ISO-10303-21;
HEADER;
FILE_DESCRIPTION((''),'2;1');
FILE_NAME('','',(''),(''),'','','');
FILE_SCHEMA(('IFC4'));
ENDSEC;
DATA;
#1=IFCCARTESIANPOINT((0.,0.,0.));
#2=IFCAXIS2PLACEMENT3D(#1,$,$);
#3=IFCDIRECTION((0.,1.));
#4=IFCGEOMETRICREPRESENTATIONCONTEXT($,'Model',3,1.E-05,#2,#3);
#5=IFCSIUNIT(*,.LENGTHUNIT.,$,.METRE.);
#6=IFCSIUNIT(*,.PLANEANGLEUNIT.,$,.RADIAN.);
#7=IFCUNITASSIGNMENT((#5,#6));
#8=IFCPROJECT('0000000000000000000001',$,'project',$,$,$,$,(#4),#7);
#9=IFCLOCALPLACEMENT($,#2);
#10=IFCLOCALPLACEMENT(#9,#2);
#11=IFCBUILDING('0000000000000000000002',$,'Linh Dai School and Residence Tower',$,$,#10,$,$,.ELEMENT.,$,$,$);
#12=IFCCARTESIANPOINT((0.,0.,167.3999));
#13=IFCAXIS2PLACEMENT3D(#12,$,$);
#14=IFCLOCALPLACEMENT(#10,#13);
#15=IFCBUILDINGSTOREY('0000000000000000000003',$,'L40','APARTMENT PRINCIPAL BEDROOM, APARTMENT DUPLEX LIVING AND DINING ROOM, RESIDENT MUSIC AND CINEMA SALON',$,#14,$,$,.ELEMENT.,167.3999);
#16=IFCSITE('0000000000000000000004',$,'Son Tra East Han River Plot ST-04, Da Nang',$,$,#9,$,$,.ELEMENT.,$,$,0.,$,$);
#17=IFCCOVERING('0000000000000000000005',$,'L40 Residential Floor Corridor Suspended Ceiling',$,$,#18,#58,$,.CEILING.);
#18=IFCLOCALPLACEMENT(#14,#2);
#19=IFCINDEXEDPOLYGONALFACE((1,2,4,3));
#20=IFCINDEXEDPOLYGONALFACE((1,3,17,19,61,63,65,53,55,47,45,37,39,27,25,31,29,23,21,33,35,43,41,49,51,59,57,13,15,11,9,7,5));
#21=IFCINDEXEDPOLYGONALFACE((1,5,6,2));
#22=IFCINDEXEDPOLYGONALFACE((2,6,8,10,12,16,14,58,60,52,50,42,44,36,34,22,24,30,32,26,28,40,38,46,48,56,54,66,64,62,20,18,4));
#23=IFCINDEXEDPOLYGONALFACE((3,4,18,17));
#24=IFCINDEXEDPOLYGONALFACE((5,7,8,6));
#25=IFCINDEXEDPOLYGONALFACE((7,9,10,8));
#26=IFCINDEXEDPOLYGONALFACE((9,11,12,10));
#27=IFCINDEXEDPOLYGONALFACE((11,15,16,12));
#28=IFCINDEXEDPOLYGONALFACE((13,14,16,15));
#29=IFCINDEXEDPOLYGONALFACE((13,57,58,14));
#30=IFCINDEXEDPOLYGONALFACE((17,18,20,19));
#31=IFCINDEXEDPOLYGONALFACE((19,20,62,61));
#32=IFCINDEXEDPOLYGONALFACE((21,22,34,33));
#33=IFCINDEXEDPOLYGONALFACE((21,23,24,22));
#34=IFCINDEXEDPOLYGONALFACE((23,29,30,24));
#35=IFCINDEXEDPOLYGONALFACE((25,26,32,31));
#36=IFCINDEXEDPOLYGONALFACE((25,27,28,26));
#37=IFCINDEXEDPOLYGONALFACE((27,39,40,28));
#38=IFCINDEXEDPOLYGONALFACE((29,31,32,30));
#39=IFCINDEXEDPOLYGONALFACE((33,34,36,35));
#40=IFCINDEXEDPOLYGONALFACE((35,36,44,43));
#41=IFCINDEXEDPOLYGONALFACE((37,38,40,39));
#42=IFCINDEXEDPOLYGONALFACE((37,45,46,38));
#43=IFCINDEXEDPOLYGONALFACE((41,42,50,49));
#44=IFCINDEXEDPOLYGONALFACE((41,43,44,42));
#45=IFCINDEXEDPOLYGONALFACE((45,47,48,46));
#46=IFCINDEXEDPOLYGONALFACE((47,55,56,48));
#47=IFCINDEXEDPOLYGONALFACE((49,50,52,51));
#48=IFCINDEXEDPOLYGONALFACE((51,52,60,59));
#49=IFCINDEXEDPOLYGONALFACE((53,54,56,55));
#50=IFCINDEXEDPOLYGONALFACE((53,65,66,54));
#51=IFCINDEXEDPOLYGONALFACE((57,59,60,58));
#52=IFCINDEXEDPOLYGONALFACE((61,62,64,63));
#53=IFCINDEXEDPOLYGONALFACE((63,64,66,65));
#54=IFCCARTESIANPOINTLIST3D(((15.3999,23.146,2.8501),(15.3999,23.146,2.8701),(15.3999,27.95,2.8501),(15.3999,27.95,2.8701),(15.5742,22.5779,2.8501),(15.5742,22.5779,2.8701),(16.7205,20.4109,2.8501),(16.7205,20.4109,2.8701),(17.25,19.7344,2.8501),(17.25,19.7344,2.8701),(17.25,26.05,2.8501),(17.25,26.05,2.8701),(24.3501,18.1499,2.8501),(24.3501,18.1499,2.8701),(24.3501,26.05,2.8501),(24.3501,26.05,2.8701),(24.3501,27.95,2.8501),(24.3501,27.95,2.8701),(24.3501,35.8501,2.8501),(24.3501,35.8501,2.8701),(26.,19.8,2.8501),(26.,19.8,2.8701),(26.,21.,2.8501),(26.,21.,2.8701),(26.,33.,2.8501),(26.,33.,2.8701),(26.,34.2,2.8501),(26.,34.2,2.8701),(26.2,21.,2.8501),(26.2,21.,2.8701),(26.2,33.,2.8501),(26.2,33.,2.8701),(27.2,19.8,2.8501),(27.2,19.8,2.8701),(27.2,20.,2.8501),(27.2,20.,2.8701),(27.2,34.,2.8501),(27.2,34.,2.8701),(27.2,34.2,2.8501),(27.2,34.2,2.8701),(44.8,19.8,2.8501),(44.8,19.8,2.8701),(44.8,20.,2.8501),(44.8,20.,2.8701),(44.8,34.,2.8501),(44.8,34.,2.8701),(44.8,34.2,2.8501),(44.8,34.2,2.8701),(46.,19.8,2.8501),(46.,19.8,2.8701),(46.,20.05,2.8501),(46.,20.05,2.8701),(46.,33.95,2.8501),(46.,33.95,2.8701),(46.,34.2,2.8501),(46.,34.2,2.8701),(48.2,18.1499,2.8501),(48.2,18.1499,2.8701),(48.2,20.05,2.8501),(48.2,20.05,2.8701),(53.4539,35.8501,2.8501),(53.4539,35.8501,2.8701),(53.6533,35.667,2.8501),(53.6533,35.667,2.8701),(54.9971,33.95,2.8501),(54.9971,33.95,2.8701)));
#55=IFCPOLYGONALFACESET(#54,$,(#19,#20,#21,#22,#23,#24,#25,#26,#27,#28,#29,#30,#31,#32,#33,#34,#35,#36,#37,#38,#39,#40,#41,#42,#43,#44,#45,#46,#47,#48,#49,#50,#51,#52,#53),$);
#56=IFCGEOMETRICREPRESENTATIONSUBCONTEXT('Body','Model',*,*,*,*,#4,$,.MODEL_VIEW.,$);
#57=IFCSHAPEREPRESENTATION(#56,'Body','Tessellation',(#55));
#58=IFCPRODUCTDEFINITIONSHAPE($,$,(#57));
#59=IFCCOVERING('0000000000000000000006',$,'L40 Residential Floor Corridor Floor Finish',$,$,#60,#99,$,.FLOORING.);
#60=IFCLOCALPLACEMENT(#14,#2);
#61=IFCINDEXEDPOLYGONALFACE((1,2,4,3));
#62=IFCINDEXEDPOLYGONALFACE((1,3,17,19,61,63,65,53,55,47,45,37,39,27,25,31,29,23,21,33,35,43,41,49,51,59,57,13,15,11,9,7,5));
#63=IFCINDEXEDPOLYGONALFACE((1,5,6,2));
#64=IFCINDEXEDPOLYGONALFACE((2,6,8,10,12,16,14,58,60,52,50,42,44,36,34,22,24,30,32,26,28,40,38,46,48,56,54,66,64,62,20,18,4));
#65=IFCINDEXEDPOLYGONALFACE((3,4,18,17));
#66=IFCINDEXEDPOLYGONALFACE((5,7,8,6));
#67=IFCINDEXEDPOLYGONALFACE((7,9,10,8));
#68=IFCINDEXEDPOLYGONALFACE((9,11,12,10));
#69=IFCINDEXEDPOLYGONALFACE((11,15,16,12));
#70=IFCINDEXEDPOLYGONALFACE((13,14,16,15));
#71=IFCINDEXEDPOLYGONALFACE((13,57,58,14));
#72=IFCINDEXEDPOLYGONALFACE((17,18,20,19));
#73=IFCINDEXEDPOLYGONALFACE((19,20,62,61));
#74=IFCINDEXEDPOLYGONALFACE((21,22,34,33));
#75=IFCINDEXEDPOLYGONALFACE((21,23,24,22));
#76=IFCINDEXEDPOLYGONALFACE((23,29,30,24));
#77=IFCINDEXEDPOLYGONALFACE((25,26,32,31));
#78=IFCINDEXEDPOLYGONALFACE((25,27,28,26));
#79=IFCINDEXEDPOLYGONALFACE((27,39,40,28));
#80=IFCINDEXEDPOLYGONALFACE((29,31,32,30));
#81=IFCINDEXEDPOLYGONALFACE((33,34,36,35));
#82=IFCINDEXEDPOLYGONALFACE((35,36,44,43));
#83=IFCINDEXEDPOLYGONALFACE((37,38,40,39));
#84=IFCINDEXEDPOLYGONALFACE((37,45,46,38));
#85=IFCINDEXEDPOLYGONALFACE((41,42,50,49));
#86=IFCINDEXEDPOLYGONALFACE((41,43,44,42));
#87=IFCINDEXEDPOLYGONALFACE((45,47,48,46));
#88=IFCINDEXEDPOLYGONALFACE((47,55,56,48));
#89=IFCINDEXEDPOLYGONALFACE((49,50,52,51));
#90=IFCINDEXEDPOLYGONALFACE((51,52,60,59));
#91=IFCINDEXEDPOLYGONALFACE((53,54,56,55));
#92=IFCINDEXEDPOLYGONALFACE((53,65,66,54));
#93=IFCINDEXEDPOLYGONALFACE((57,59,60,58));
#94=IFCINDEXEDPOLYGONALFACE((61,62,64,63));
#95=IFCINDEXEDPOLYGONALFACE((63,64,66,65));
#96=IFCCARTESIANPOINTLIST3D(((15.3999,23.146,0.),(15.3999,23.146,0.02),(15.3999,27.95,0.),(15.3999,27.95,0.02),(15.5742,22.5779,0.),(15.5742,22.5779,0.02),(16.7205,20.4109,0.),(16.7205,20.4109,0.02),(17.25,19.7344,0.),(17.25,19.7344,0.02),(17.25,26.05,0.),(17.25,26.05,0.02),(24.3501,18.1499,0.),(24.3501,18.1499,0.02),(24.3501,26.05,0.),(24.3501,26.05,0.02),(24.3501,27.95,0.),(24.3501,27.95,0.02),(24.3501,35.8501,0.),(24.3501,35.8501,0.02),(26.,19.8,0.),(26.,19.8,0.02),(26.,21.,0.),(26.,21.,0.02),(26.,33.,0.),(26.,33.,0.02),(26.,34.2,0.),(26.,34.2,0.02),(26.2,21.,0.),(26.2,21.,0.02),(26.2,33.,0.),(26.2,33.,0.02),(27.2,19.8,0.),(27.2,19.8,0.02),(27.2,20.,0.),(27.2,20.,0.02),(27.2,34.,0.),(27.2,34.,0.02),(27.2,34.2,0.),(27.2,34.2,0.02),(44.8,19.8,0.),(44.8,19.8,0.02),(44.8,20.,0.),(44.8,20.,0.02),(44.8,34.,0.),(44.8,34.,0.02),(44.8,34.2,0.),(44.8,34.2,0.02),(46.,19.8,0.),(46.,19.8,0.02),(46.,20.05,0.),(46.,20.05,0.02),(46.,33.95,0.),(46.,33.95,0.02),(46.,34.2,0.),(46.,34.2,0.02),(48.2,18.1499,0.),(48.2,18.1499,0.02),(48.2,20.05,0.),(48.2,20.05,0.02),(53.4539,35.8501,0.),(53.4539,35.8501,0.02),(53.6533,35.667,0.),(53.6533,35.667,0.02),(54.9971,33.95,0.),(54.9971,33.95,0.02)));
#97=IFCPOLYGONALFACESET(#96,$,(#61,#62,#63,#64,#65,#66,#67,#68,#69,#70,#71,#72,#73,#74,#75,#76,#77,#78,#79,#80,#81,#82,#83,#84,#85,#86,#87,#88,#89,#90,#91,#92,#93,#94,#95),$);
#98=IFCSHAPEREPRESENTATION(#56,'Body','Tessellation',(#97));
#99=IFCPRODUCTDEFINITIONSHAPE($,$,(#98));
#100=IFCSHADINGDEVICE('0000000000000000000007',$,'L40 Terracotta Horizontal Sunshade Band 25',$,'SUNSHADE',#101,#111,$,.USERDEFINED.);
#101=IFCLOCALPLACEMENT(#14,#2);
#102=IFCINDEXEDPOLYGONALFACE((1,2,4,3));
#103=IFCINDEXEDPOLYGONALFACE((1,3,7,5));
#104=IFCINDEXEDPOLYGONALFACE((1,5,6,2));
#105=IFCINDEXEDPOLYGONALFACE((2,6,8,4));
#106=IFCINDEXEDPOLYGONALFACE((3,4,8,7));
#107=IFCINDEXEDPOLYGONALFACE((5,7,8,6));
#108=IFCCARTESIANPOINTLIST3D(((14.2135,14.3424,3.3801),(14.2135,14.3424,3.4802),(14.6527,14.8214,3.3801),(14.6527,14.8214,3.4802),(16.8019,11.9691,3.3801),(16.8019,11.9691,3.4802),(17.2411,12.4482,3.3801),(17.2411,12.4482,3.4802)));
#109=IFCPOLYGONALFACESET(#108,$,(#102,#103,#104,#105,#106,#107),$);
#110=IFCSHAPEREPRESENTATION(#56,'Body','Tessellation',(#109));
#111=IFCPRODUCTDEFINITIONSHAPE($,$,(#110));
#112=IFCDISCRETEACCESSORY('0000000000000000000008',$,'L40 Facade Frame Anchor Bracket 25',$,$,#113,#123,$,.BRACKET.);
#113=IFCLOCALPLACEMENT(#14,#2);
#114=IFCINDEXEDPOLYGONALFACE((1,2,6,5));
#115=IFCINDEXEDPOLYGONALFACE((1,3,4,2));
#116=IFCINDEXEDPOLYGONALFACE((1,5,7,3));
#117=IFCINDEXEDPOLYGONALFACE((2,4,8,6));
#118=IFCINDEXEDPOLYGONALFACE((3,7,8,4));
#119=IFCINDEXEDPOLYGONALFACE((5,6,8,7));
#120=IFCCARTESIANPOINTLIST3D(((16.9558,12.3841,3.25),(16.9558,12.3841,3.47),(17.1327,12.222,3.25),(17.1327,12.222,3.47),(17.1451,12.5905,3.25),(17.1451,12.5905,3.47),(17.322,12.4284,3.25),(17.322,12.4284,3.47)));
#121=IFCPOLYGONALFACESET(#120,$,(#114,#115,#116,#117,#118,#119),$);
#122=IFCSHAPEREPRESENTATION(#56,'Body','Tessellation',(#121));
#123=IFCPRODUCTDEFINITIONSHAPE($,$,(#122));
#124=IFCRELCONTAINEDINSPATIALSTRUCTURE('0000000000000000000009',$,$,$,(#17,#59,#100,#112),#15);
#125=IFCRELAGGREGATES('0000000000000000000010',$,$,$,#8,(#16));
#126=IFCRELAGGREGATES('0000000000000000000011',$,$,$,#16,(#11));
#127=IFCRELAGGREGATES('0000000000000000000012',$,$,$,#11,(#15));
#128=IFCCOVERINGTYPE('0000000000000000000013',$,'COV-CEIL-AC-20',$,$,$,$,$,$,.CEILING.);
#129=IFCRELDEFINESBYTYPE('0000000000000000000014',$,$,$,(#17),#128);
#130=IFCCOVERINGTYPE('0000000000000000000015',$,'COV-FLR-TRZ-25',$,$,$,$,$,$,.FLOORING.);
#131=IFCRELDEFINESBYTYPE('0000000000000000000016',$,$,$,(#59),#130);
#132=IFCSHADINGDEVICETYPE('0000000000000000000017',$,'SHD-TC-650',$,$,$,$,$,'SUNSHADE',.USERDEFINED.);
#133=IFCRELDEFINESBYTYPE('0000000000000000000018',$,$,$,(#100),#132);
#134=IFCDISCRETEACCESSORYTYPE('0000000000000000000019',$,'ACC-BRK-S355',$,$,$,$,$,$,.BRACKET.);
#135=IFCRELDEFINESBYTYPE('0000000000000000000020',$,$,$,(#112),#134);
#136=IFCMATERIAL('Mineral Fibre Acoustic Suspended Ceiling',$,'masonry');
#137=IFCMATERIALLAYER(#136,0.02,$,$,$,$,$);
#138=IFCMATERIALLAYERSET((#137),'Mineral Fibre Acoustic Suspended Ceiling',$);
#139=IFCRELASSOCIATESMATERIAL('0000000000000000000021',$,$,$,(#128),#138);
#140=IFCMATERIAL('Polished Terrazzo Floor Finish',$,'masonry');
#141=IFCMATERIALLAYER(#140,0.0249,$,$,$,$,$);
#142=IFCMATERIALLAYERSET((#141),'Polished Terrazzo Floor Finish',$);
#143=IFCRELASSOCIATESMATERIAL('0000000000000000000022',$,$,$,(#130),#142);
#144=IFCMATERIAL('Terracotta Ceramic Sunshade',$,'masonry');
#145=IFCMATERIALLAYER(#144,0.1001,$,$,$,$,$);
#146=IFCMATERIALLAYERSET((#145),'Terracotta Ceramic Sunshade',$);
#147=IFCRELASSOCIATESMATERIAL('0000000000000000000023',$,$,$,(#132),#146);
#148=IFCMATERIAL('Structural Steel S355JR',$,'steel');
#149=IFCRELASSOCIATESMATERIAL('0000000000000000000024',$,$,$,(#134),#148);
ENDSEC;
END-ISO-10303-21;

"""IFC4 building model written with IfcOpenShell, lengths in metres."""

from ifc_helpers import new_model, si_unit, direction, frame, origin, origin_2d, place, context, subcontext, project, spatial, polyline, rectangle, outline, extrude, source, transform, mapped, material, layer, layer_set, type_object, element, save


model = new_model("IFC4")

# Units and contexts
model_context = context("Model", 3, precision=1e-05, world=origin(), true_north=direction((0.0, 1.0)))
body_context = subcontext(model_context, "Body", "Model", "MODEL_VIEW")
ifc_project = project(units=[si_unit("LENGTHUNIT", "METRE"), si_unit("PLANEANGLEUNIT", "RADIAN")], contexts=[model_context])

# Site, building, storey
site_placement = place(None, origin())
site = spatial("IfcSite", under=ifc_project, at=site_placement, Name="Son Tra East Han River Plot ST-04, Da Nang", CompositionType="ELEMENT", RefElevation=0.0)
building_placement = place(site_placement, origin())
building = spatial("IfcBuilding", under=site, at=building_placement, Name="Linh Dai School and Residence Tower", CompositionType="ELEMENT")
storey_placement = place(building_placement, frame((0.0, 0.0, 167.3999)))
storey = spatial("IfcBuildingStorey", under=building, at=storey_placement, Name="L40", Description="APARTMENT PRINCIPAL BEDROOM, APARTMENT DUPLEX LIVING AND DINING ROOM, RESIDENT MUSIC AND CINEMA SALON", CompositionType="ELEMENT", Elevation=167.3999)

# Shared definitions
ifc_material_1 = material(Name="Structural Steel S355JR", Category="steel")

# Coverings
ifc_material_2 = material(Name="Mineral Fibre Acoustic Suspended Ceiling", Category="masonry")
ifc_layer_1 = layer(ifc_material_2, 0.02)
ifc_layer_set_1 = layer_set([ifc_layer_1], Name="Mineral Fibre Acoustic Suspended Ceiling")
covering_type_1 = type_object("IfcCoveringType", Name="COV-CEIL-AC-20", PredefinedType="CEILING", material=ifc_layer_set_1)
covering_1_placement = place(storey_placement, frame((0.0, 0.0, 2.8501)))
element("IfcCovering", 1, at=covering_1_placement, inside=storey, type_object=covering_type_1, Name="L40 Residential Floor Corridor Suspended Ceiling", PredefinedType="CEILING", context=body_context, shape_type="SweptSolid", body=[
    extrude(outline(polyline([(17.25, 19.7344), (16.7205, 20.4109), (15.5742, 22.5779), (15.3999, 23.146), (15.3999, 27.95), (24.3501, 27.95), (24.3501, 35.8501), (53.4539, 35.8501), (53.6533, 35.667), (54.9971, 33.95), (46.0, 33.95), (46.0, 34.2), (44.8, 34.2), (44.8, 34.0), (27.2, 34.0), (27.2, 34.2), (26.0, 34.2), (26.0, 33.0), (26.2, 33.0), (26.2, 21.0), (26.0, 21.0), (26.0, 19.8), (27.2, 19.8), (27.2, 20.0), (44.8, 20.0), (44.8, 19.8), (46.0, 19.8), (46.0, 20.05), (48.2, 20.05), (48.2, 18.1499), (24.3501, 18.1499), (24.3501, 26.05), (17.25, 26.05), (17.25, 19.7344)])), origin(), (0.0, 0.0, 1.0), 0.02),
])
ifc_material_3 = material(Name="Polished Terrazzo Floor Finish", Category="masonry")
ifc_layer_2 = layer(ifc_material_3, 0.0249)
ifc_layer_set_2 = layer_set([ifc_layer_2], Name="Polished Terrazzo Floor Finish")
covering_type_2 = type_object("IfcCoveringType", Name="COV-FLR-TRZ-25", PredefinedType="FLOORING", material=ifc_layer_set_2)
covering_2_placement = place(storey_placement, origin())
element("IfcCovering", 2, at=covering_2_placement, inside=storey, type_object=covering_type_2, Name="L40 Residential Floor Corridor Floor Finish", PredefinedType="FLOORING", context=body_context, shape_type="SweptSolid", body=[
    extrude(outline(polyline([(17.25, 19.7344), (16.7205, 20.4109), (15.5742, 22.5779), (15.3999, 23.146), (15.3999, 27.95), (24.3501, 27.95), (24.3501, 35.8501), (53.4539, 35.8501), (53.6533, 35.667), (54.9971, 33.95), (46.0, 33.95), (46.0, 34.2), (44.8, 34.2), (44.8, 34.0), (27.2, 34.0), (27.2, 34.2), (26.0, 34.2), (26.0, 33.0), (26.2, 33.0), (26.2, 21.0), (26.0, 21.0), (26.0, 19.8), (27.2, 19.8), (27.2, 20.0), (44.8, 20.0), (44.8, 19.8), (46.0, 19.8), (46.0, 20.05), (48.2, 20.05), (48.2, 18.1499), (24.3501, 18.1499), (24.3501, 26.05), (17.25, 26.05), (17.25, 19.7344)])), origin(), (0.0, 0.0, 1.0), 0.02),
])

# Shading device
ifc_material_4 = material(Name="Terracotta Ceramic Sunshade", Category="masonry")
ifc_layer_3 = layer(ifc_material_4, 0.1001)
ifc_layer_set_3 = layer_set([ifc_layer_3], Name="Terracotta Ceramic Sunshade")
shading_device_type = type_object("IfcShadingDeviceType", Name="SHD-TC-650", ElementType="SUNSHADE", PredefinedType="USERDEFINED", material=ifc_layer_set_3)
shared_shape_1 = source(origin(), body_context, "Body", "SweptSolid", [
    extrude(rectangle(XDim=3.5117, YDim=0.6499, at=origin_2d()), origin(), (0.0, 0.0, 1.0), 0.1001),
])
shading_device_placement = place(storey_placement, frame((15.7273, 13.3953, 3.3801), z_axis=(0.0, 0.0, 1.0), x_axis=(-0.737085, 0.6758, 0.0)))
element("IfcShadingDevice", 3, at=shading_device_placement, inside=storey, type_object=shading_device_type, Name="L40 Terracotta Horizontal Sunshade Band 25", ObjectType="SUNSHADE", PredefinedType="USERDEFINED", context=body_context, shape_type="MappedRepresentation", body=[
    mapped(shared_shape_1, transform((0.0, 0.0, 0.0), x_axis=(1.0, 0.0, 0.0), y_axis=(0.0, 1.0, 0.0), z_axis=(0.0, 0.0, 1.0), scale=1.0)),
])

# Discrete accessory
discrete_accessory_type = type_object("IfcDiscreteAccessoryType", Name="ACC-BRK-S355", PredefinedType="BRACKET", material=ifc_material_1)
shared_shape_2 = source(origin(), body_context, "Body", "SweptSolid", [
    extrude(rectangle(XDim=0.28, YDim=0.24, at=origin_2d()), origin(), (0.0, 0.0, 1.0), 0.22),
])
discrete_accessory_placement = place(storey_placement, frame((17.1389, 12.4062, 3.25), z_axis=(0.0, 0.0, 1.0), x_axis=(-0.6758, -0.737085, 0.0)))
element("IfcDiscreteAccessory", 4, at=discrete_accessory_placement, inside=storey, type_object=discrete_accessory_type, Name="L40 Facade Frame Anchor Bracket 25", PredefinedType="BRACKET", context=body_context, shape_type="MappedRepresentation", body=[
    mapped(shared_shape_2, transform((0.0, 0.0, 0.0), x_axis=(1.0, 0.0, 0.0), y_axis=(0.0, 1.0, 0.0), z_axis=(0.0, 0.0, 1.0), scale=1.0)),
])

save(model, "model.ifc")
